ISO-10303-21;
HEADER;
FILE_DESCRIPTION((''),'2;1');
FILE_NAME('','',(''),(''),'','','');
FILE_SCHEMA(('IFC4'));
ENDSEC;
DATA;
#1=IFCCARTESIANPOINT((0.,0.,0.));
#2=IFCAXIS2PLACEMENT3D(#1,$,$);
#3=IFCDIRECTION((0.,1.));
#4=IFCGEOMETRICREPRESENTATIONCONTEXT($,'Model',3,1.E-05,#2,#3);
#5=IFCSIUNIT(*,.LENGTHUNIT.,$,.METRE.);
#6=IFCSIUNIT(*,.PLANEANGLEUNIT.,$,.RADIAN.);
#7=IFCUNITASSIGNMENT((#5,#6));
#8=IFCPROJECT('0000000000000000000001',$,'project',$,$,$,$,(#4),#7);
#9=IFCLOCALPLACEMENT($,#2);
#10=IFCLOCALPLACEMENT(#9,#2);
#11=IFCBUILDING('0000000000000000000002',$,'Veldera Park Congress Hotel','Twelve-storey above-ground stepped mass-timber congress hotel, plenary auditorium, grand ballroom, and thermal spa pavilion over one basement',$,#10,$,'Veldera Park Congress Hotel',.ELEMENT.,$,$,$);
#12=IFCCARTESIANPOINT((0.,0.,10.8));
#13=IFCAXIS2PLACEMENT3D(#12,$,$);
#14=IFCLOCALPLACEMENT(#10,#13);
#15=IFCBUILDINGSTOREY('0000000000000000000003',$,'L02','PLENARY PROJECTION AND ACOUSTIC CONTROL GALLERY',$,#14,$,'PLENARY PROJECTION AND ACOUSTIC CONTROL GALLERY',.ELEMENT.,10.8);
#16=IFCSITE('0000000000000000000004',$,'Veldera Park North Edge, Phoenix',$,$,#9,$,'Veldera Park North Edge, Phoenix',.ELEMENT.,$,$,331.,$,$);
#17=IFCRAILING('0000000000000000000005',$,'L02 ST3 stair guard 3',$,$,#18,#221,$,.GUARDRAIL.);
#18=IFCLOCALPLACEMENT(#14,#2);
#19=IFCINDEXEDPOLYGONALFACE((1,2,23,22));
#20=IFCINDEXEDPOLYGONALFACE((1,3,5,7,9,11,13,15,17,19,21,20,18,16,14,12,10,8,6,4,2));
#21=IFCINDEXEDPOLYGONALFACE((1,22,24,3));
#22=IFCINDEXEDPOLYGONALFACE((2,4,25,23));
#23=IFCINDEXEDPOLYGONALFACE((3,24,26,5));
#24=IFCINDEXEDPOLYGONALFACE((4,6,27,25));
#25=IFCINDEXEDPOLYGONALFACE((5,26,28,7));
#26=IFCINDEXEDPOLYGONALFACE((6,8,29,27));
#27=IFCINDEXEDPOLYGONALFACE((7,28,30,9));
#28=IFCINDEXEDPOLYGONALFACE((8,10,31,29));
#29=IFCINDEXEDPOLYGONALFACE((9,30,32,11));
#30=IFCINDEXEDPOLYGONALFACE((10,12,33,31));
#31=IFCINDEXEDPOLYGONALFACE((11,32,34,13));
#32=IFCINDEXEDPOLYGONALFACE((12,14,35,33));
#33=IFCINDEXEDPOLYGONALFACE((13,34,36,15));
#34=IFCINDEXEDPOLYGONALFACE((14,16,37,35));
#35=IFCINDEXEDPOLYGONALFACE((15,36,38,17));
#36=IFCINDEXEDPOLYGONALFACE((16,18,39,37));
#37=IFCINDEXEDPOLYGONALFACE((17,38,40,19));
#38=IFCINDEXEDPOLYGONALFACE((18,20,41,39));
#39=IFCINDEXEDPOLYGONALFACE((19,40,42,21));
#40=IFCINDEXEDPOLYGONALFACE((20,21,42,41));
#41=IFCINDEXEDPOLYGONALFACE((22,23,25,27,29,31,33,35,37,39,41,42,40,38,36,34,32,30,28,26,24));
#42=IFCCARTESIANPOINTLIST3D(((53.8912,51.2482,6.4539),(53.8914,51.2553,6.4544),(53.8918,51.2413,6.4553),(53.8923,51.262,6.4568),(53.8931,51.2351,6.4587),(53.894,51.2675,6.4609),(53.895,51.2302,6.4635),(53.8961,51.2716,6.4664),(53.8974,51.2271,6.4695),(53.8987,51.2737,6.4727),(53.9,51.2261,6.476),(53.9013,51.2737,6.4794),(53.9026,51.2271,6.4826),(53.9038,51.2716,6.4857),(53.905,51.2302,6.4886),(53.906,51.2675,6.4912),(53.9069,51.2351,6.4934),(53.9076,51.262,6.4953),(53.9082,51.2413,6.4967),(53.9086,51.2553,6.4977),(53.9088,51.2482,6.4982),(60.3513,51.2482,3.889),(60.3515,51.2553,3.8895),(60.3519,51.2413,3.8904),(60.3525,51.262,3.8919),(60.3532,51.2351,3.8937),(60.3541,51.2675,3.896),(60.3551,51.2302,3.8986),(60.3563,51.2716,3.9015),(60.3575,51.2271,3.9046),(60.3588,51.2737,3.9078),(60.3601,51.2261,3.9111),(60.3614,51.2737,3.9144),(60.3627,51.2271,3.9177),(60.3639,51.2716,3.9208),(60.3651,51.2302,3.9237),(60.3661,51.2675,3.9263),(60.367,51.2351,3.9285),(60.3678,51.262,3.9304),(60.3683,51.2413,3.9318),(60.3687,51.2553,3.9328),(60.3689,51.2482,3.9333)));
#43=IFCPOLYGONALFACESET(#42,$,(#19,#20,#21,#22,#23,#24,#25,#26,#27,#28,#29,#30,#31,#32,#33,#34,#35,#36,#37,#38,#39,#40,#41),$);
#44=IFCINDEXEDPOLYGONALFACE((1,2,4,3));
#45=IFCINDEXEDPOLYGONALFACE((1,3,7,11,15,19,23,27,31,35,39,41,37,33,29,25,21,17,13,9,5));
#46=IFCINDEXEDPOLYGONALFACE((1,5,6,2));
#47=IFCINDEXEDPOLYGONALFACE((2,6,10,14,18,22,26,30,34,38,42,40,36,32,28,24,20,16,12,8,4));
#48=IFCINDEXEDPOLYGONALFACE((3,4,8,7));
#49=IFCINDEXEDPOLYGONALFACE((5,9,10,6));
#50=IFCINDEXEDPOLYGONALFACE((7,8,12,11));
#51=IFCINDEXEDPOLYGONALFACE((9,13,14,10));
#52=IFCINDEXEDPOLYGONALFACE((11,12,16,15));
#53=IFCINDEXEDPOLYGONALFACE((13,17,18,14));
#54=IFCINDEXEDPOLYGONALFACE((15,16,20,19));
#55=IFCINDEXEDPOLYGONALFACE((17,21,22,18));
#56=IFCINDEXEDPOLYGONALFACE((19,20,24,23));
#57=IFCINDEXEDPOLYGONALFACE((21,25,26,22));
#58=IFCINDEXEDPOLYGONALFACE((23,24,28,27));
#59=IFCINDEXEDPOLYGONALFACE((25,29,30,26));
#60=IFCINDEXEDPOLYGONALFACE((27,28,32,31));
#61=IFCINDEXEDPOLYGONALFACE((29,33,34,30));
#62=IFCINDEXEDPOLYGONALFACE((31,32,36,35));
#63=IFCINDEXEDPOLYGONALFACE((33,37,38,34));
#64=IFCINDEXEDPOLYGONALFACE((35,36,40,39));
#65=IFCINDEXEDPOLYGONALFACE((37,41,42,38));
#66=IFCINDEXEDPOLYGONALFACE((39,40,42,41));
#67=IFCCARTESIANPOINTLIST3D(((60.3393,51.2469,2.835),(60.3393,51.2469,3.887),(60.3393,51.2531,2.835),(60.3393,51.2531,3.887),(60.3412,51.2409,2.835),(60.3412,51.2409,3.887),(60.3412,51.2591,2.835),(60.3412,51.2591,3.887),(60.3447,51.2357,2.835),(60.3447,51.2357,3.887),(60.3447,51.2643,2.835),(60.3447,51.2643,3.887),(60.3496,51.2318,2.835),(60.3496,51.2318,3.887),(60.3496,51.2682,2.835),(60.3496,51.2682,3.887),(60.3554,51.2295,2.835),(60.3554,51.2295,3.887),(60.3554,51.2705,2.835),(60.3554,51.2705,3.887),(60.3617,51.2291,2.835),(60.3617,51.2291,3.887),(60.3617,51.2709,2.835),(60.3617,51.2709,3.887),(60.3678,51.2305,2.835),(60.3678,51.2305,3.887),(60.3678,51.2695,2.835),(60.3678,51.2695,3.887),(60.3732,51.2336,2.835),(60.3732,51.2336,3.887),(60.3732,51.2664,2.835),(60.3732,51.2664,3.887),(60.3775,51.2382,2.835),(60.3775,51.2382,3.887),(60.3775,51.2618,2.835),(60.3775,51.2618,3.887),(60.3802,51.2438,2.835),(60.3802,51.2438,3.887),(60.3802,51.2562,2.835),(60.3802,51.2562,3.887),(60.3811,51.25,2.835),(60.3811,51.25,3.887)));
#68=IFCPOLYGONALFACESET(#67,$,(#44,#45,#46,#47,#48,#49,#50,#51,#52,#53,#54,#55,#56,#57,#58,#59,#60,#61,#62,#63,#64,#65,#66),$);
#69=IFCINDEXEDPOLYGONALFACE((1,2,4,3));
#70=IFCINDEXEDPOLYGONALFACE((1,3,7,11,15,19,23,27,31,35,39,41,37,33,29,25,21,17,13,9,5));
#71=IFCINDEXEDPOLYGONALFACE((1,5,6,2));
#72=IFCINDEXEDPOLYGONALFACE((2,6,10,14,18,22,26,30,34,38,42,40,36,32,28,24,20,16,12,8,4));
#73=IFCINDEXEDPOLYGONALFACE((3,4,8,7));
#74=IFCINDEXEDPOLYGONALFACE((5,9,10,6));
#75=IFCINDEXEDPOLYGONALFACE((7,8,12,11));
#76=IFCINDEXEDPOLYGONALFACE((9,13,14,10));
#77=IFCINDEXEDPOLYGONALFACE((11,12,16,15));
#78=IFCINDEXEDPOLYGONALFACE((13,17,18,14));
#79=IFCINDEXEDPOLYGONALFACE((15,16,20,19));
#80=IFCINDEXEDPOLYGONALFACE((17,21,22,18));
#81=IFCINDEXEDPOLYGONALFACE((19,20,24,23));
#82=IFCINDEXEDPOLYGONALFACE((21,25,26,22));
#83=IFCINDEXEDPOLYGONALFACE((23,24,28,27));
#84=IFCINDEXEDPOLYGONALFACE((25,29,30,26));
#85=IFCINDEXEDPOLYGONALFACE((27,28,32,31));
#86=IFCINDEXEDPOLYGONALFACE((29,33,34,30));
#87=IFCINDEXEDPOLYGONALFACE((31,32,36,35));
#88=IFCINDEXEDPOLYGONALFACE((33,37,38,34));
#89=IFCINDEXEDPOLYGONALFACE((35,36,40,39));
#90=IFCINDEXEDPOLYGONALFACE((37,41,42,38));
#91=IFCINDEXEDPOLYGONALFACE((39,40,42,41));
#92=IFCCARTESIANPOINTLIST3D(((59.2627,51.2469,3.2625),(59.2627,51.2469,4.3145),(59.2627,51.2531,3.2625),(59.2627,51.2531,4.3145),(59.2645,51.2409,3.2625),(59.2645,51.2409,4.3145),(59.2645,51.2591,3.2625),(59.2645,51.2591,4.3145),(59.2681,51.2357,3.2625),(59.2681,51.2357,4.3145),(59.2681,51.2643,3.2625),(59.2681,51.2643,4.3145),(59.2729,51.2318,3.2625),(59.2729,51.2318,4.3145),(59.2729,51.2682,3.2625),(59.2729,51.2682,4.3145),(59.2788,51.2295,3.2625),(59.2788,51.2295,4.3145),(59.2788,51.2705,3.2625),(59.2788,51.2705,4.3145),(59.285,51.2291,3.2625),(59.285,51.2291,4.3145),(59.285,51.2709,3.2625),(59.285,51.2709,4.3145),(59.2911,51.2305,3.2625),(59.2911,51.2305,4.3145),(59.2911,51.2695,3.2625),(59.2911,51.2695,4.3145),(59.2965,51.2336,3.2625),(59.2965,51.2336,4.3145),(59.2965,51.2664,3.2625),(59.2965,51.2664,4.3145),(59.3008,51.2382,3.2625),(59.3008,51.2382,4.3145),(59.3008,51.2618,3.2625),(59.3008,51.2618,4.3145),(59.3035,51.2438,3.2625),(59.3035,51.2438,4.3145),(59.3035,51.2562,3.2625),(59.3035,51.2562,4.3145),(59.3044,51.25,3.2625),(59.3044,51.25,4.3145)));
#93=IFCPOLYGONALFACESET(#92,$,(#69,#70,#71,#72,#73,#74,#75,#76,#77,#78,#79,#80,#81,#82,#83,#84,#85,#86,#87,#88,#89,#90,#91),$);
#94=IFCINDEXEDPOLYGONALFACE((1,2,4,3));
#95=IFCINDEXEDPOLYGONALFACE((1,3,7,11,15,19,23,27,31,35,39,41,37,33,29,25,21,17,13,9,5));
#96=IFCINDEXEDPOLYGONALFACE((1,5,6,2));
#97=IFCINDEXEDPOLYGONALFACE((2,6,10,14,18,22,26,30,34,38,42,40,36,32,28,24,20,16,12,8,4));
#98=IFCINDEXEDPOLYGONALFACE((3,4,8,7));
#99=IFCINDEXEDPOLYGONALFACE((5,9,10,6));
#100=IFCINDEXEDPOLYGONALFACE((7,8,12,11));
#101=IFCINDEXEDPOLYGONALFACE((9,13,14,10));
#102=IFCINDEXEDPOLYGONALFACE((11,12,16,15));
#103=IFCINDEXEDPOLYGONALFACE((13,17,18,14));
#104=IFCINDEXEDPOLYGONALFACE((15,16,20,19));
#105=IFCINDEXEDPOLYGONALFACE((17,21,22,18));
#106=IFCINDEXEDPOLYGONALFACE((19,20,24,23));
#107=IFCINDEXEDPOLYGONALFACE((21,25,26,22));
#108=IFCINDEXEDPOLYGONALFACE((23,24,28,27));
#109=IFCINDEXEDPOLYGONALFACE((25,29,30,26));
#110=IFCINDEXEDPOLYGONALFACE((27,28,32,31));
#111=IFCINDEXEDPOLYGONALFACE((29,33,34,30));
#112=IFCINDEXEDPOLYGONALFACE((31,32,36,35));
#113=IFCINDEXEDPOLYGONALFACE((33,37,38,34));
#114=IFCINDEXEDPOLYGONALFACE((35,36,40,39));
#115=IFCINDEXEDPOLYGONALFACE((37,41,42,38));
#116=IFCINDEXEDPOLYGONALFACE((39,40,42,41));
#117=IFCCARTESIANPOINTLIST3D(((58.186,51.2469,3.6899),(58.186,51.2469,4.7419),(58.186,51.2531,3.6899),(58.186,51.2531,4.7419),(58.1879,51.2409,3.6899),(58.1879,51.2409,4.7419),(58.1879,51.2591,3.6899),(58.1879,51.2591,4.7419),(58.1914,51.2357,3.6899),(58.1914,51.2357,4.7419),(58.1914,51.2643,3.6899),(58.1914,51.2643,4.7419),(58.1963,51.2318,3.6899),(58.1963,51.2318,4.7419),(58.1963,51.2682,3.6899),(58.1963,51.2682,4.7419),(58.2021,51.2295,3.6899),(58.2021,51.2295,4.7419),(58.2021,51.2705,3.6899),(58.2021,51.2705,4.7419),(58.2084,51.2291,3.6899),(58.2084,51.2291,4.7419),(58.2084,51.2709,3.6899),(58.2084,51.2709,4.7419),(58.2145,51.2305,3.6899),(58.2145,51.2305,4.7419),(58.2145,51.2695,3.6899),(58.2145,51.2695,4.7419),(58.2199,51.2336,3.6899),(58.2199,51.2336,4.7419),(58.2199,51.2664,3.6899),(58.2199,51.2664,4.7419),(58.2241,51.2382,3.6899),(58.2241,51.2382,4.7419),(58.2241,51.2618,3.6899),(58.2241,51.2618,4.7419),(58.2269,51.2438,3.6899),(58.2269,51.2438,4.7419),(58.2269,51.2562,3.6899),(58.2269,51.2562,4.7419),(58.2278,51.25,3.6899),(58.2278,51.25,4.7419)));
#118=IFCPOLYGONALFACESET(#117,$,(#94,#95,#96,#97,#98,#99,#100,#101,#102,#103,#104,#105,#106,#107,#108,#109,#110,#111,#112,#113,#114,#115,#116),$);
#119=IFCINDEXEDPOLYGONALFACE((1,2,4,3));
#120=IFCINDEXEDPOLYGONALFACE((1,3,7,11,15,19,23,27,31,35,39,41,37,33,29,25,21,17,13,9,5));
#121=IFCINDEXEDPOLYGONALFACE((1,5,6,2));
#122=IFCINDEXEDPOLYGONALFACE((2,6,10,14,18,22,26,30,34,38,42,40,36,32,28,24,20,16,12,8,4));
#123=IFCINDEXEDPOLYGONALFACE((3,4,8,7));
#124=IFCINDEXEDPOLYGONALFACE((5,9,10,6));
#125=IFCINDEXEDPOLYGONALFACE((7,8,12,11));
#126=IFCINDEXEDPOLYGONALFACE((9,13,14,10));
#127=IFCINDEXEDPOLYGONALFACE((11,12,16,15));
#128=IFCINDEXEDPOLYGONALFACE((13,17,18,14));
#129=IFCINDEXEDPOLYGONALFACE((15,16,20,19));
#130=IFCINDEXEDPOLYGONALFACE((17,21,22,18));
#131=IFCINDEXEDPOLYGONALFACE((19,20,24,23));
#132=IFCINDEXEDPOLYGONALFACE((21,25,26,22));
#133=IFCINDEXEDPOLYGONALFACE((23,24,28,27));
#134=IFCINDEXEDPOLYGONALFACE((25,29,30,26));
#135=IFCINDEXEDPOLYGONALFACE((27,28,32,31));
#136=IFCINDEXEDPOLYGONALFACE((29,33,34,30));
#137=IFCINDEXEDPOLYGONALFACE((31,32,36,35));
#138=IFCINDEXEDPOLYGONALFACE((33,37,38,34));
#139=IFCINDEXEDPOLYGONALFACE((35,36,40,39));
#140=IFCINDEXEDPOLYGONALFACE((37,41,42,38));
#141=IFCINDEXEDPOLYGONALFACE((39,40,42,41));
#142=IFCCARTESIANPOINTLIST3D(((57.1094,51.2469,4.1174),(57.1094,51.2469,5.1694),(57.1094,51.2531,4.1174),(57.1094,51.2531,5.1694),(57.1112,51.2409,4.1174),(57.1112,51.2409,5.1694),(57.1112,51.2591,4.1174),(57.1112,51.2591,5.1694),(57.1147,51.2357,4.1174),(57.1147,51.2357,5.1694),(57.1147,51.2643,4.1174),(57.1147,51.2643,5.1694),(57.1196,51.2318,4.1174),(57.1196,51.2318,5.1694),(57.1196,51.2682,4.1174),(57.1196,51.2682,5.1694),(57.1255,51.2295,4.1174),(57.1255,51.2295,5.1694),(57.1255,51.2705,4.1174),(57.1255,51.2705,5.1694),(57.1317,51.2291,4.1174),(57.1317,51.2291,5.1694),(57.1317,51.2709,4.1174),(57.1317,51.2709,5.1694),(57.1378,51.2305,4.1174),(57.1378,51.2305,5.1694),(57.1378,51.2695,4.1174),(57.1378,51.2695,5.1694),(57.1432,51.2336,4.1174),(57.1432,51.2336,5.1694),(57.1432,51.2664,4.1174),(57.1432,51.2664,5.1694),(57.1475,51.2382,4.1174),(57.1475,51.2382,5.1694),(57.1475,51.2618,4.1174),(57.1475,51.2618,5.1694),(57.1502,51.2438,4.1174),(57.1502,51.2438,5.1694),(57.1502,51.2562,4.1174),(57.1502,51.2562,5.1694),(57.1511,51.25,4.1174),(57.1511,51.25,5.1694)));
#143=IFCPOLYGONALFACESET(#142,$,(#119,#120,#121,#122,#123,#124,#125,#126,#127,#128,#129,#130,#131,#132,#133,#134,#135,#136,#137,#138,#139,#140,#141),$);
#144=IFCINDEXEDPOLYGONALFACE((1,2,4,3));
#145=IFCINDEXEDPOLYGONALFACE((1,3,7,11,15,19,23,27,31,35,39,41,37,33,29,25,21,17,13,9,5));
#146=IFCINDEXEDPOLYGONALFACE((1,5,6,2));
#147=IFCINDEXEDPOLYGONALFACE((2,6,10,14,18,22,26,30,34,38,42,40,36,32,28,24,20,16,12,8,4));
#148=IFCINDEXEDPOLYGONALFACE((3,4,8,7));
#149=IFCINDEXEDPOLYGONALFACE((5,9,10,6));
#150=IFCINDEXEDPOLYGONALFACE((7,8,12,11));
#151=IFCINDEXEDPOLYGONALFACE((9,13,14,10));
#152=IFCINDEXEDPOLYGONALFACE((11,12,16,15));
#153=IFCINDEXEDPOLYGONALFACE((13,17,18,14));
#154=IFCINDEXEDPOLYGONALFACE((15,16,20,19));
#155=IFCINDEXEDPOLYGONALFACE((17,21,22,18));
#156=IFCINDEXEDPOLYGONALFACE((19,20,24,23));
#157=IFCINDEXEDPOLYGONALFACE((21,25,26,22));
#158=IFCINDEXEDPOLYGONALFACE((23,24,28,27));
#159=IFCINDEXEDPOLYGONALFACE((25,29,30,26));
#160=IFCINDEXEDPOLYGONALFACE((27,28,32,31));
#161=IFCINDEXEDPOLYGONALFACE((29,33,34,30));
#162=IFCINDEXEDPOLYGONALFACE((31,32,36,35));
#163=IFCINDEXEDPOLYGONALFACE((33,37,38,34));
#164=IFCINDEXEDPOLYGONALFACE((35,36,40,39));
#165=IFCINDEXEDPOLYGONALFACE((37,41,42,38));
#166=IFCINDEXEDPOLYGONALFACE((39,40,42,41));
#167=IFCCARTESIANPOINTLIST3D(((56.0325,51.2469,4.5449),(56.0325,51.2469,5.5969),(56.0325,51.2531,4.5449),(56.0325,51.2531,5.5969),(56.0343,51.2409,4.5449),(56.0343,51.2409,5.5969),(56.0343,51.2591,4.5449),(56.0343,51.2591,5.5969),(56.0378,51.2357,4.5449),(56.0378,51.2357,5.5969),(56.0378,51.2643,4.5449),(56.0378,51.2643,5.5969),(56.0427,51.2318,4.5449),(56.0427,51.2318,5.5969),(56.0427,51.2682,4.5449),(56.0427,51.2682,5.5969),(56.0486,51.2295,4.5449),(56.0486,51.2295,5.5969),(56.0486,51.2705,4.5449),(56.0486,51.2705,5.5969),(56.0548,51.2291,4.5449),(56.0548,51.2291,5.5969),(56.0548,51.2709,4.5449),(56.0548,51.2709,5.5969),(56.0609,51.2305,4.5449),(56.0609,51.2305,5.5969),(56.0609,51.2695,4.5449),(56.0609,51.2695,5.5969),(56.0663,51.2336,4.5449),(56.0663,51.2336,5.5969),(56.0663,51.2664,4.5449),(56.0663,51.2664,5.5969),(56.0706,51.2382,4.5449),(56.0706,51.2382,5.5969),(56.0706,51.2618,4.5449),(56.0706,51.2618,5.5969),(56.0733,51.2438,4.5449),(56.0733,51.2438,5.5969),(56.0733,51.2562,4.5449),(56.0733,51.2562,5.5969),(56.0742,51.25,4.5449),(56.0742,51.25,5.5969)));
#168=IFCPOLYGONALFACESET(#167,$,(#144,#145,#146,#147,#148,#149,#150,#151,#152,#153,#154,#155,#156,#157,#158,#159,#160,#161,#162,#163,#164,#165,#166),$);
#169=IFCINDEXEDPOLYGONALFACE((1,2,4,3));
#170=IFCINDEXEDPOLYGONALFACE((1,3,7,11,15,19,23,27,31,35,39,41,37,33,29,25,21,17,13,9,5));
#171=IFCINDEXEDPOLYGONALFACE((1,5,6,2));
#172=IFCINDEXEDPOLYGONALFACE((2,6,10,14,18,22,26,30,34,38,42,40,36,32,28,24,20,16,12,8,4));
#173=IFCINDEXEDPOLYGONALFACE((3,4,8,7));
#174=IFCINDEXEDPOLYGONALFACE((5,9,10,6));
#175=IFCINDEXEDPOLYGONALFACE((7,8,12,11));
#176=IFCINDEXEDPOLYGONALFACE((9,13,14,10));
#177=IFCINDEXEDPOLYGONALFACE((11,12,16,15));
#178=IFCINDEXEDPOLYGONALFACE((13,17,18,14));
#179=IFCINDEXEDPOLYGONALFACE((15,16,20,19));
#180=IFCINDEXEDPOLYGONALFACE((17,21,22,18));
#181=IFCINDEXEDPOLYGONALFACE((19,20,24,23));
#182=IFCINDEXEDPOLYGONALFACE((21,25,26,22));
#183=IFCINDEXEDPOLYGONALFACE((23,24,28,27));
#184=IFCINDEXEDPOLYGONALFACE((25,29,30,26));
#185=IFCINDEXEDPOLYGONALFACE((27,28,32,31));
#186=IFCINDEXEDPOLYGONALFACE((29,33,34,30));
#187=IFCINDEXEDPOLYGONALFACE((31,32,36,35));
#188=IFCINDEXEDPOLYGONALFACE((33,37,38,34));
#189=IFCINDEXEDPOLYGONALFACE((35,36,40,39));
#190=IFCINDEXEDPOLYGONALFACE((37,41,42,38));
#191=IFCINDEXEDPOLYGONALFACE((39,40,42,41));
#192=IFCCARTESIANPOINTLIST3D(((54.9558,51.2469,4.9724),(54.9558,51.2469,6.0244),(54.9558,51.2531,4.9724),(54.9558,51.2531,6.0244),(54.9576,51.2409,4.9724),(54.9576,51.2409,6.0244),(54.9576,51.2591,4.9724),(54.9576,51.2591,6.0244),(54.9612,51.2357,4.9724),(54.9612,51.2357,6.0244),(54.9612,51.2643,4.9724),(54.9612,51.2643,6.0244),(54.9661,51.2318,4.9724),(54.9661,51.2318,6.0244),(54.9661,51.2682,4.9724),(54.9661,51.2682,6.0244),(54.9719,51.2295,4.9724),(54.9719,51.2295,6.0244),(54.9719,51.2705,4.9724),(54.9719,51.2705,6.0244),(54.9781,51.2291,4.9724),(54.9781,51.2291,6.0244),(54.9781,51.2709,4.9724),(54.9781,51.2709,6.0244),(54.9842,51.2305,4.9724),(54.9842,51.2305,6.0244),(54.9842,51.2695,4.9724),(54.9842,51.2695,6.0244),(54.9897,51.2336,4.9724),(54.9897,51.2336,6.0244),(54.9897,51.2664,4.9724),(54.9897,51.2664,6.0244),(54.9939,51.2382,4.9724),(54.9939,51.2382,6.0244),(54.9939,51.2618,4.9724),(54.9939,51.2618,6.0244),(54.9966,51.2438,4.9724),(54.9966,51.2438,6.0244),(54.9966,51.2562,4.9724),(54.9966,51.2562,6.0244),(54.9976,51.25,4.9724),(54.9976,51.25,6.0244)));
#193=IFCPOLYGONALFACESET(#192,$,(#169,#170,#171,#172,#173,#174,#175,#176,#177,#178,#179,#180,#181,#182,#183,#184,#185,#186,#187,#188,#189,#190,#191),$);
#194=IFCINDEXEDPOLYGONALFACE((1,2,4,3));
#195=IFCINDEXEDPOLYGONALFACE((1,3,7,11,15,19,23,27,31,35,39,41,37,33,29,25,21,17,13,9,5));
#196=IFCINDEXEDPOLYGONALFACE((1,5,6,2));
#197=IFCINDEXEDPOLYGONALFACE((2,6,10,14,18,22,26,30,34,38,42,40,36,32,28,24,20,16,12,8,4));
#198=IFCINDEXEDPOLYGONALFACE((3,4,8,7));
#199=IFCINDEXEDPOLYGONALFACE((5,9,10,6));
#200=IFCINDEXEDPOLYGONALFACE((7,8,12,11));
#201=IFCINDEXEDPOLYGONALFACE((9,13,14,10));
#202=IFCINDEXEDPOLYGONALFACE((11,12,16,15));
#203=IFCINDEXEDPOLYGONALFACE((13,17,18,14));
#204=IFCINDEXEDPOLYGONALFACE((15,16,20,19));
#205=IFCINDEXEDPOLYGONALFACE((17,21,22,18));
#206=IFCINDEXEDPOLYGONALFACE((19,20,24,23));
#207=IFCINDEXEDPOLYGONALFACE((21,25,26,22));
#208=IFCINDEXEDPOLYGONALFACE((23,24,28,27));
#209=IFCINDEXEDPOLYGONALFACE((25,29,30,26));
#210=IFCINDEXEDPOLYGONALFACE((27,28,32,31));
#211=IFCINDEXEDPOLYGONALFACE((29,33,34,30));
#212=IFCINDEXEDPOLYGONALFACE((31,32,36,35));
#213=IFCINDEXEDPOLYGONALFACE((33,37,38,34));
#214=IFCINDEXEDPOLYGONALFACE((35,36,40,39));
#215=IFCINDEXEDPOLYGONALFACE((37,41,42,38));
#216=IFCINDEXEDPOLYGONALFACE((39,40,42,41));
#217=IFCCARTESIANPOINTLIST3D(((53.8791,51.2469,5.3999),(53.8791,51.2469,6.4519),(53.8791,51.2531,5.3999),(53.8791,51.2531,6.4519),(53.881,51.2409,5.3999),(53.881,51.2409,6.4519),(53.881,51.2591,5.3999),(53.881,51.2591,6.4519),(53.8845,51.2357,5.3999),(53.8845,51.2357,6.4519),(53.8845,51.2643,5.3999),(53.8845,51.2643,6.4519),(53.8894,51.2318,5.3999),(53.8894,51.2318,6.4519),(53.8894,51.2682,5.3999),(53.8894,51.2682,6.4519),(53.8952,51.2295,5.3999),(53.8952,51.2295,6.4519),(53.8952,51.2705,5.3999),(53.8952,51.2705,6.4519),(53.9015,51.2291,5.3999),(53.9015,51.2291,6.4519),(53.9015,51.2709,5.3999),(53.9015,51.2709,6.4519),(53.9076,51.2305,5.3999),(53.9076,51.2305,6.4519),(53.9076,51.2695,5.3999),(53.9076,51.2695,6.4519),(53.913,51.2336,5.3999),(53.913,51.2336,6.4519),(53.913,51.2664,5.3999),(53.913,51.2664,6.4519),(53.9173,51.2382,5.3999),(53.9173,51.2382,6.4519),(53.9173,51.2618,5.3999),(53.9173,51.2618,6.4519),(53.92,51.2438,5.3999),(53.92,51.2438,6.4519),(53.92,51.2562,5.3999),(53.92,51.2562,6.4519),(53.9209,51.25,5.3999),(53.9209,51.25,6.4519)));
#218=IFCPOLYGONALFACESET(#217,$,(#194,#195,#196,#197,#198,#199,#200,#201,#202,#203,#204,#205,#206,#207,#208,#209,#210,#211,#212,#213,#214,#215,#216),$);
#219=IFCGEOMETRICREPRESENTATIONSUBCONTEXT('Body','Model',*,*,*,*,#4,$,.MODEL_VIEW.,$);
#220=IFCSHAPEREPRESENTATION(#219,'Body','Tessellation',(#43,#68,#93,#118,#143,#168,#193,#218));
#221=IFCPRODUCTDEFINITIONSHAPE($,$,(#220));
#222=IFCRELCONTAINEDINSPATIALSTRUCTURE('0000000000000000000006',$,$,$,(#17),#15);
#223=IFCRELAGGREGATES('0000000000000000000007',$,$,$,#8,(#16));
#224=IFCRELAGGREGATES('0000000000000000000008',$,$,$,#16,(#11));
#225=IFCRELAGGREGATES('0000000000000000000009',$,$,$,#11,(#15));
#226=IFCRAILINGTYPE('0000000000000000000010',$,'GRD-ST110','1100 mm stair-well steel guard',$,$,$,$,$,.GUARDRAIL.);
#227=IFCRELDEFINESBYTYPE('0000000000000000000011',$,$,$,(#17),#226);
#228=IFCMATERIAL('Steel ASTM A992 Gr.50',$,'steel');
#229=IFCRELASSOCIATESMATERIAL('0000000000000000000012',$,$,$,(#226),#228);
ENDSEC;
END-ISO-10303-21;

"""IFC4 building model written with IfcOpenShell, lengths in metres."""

from ifc_helpers import new_model, si_unit, direction, frame, origin, origin_2d, place, context, subcontext, project, spatial, circle, extrude, material, type_object, element, save


model = new_model("IFC4")

# Units and contexts
model_context = context("Model", 3, precision=1e-05, world=origin(), true_north=direction((0.0, 1.0)))
body_context = subcontext(model_context, "Body", "Model", "MODEL_VIEW")
ifc_project = project(units=[si_unit("LENGTHUNIT", "METRE"), si_unit("PLANEANGLEUNIT", "RADIAN")], contexts=[model_context])

# Site, building, storey
site_placement = place(None, origin())
site = spatial("IfcSite", under=ifc_project, at=site_placement, Name="Veldera Park North Edge, Phoenix", LongName="Veldera Park North Edge, Phoenix", CompositionType="ELEMENT", RefElevation=331.0)
building_placement = place(site_placement, origin())
building = spatial("IfcBuilding", under=site, at=building_placement, Name="Veldera Park Congress Hotel", Description="Twelve-storey above-ground stepped mass-timber congress hotel, plenary auditorium, grand ballroom, and thermal spa pavilion over one basement", LongName="Veldera Park Congress Hotel", CompositionType="ELEMENT")
storey_placement = place(building_placement, frame((0.0, 0.0, 10.8)))
storey = spatial("IfcBuildingStorey", under=building, at=storey_placement, Name="L02", Description="PLENARY PROJECTION AND ACOUSTIC CONTROL GALLERY", LongName="PLENARY PROJECTION AND ACOUSTIC CONTROL GALLERY", CompositionType="ELEMENT", Elevation=10.8)

# Shared definitions
ifc_material_1 = material(Name="Steel ASTM A992 Gr.50", Category="steel")

# Railing
railing_type_1 = type_object("IfcRailingType", Name="GRD-ST110", Description="1100 mm stair-well steel guard", PredefinedType="GUARDRAIL", material=ifc_material_1)
railing_1_placement = place(storey_placement, frame((60.3601, 51.25, 2.835)))
element("IfcRailing", 1, at=railing_1_placement, inside=storey, type_object=railing_type_1, Name="L02 ST3 stair guard 3", PredefinedType="GUARDRAIL", context=body_context, shape_type="SweptSolid", body=[
    extrude(circle(Radius=0.0239, at=origin_2d()), frame((0.0, 0.0, 1.0762), z_axis=(-0.929423, 0.0, 0.369016), x_axis=(0.0, -1.0, 0.0)), (0.0, 0.0, 1.0), 6.9507),
    extrude(circle(Radius=0.021, at=origin_2d()), origin(), (0.0, 0.0, 1.0), 1.052),
    extrude(circle(Radius=0.021, at=origin_2d()), frame((-1.0767, 0.0, 0.4275)), (0.0, 0.0, 1.0), 1.052),
    extrude(circle(Radius=0.021, at=origin_2d()), frame((-2.1533, 0.0, 0.855)), (0.0, 0.0, 1.0), 1.052),
    extrude(circle(Radius=0.021, at=origin_2d()), frame((-3.23, 0.0, 1.2825)), (0.0, 0.0, 1.0), 1.052),
    extrude(circle(Radius=0.021, at=origin_2d()), frame((-4.3069, 0.0, 1.71)), (0.0, 0.0, 1.0), 1.052),
    extrude(circle(Radius=0.021, at=origin_2d()), frame((-5.3835, 0.0, 2.1375)), (0.0, 0.0, 1.0), 1.052),
    extrude(circle(Radius=0.021, at=origin_2d()), frame((-6.4602, 0.0, 2.5649)), (0.0, 0.0, 1.0), 1.052),
])

save(model, "model.ifc")
